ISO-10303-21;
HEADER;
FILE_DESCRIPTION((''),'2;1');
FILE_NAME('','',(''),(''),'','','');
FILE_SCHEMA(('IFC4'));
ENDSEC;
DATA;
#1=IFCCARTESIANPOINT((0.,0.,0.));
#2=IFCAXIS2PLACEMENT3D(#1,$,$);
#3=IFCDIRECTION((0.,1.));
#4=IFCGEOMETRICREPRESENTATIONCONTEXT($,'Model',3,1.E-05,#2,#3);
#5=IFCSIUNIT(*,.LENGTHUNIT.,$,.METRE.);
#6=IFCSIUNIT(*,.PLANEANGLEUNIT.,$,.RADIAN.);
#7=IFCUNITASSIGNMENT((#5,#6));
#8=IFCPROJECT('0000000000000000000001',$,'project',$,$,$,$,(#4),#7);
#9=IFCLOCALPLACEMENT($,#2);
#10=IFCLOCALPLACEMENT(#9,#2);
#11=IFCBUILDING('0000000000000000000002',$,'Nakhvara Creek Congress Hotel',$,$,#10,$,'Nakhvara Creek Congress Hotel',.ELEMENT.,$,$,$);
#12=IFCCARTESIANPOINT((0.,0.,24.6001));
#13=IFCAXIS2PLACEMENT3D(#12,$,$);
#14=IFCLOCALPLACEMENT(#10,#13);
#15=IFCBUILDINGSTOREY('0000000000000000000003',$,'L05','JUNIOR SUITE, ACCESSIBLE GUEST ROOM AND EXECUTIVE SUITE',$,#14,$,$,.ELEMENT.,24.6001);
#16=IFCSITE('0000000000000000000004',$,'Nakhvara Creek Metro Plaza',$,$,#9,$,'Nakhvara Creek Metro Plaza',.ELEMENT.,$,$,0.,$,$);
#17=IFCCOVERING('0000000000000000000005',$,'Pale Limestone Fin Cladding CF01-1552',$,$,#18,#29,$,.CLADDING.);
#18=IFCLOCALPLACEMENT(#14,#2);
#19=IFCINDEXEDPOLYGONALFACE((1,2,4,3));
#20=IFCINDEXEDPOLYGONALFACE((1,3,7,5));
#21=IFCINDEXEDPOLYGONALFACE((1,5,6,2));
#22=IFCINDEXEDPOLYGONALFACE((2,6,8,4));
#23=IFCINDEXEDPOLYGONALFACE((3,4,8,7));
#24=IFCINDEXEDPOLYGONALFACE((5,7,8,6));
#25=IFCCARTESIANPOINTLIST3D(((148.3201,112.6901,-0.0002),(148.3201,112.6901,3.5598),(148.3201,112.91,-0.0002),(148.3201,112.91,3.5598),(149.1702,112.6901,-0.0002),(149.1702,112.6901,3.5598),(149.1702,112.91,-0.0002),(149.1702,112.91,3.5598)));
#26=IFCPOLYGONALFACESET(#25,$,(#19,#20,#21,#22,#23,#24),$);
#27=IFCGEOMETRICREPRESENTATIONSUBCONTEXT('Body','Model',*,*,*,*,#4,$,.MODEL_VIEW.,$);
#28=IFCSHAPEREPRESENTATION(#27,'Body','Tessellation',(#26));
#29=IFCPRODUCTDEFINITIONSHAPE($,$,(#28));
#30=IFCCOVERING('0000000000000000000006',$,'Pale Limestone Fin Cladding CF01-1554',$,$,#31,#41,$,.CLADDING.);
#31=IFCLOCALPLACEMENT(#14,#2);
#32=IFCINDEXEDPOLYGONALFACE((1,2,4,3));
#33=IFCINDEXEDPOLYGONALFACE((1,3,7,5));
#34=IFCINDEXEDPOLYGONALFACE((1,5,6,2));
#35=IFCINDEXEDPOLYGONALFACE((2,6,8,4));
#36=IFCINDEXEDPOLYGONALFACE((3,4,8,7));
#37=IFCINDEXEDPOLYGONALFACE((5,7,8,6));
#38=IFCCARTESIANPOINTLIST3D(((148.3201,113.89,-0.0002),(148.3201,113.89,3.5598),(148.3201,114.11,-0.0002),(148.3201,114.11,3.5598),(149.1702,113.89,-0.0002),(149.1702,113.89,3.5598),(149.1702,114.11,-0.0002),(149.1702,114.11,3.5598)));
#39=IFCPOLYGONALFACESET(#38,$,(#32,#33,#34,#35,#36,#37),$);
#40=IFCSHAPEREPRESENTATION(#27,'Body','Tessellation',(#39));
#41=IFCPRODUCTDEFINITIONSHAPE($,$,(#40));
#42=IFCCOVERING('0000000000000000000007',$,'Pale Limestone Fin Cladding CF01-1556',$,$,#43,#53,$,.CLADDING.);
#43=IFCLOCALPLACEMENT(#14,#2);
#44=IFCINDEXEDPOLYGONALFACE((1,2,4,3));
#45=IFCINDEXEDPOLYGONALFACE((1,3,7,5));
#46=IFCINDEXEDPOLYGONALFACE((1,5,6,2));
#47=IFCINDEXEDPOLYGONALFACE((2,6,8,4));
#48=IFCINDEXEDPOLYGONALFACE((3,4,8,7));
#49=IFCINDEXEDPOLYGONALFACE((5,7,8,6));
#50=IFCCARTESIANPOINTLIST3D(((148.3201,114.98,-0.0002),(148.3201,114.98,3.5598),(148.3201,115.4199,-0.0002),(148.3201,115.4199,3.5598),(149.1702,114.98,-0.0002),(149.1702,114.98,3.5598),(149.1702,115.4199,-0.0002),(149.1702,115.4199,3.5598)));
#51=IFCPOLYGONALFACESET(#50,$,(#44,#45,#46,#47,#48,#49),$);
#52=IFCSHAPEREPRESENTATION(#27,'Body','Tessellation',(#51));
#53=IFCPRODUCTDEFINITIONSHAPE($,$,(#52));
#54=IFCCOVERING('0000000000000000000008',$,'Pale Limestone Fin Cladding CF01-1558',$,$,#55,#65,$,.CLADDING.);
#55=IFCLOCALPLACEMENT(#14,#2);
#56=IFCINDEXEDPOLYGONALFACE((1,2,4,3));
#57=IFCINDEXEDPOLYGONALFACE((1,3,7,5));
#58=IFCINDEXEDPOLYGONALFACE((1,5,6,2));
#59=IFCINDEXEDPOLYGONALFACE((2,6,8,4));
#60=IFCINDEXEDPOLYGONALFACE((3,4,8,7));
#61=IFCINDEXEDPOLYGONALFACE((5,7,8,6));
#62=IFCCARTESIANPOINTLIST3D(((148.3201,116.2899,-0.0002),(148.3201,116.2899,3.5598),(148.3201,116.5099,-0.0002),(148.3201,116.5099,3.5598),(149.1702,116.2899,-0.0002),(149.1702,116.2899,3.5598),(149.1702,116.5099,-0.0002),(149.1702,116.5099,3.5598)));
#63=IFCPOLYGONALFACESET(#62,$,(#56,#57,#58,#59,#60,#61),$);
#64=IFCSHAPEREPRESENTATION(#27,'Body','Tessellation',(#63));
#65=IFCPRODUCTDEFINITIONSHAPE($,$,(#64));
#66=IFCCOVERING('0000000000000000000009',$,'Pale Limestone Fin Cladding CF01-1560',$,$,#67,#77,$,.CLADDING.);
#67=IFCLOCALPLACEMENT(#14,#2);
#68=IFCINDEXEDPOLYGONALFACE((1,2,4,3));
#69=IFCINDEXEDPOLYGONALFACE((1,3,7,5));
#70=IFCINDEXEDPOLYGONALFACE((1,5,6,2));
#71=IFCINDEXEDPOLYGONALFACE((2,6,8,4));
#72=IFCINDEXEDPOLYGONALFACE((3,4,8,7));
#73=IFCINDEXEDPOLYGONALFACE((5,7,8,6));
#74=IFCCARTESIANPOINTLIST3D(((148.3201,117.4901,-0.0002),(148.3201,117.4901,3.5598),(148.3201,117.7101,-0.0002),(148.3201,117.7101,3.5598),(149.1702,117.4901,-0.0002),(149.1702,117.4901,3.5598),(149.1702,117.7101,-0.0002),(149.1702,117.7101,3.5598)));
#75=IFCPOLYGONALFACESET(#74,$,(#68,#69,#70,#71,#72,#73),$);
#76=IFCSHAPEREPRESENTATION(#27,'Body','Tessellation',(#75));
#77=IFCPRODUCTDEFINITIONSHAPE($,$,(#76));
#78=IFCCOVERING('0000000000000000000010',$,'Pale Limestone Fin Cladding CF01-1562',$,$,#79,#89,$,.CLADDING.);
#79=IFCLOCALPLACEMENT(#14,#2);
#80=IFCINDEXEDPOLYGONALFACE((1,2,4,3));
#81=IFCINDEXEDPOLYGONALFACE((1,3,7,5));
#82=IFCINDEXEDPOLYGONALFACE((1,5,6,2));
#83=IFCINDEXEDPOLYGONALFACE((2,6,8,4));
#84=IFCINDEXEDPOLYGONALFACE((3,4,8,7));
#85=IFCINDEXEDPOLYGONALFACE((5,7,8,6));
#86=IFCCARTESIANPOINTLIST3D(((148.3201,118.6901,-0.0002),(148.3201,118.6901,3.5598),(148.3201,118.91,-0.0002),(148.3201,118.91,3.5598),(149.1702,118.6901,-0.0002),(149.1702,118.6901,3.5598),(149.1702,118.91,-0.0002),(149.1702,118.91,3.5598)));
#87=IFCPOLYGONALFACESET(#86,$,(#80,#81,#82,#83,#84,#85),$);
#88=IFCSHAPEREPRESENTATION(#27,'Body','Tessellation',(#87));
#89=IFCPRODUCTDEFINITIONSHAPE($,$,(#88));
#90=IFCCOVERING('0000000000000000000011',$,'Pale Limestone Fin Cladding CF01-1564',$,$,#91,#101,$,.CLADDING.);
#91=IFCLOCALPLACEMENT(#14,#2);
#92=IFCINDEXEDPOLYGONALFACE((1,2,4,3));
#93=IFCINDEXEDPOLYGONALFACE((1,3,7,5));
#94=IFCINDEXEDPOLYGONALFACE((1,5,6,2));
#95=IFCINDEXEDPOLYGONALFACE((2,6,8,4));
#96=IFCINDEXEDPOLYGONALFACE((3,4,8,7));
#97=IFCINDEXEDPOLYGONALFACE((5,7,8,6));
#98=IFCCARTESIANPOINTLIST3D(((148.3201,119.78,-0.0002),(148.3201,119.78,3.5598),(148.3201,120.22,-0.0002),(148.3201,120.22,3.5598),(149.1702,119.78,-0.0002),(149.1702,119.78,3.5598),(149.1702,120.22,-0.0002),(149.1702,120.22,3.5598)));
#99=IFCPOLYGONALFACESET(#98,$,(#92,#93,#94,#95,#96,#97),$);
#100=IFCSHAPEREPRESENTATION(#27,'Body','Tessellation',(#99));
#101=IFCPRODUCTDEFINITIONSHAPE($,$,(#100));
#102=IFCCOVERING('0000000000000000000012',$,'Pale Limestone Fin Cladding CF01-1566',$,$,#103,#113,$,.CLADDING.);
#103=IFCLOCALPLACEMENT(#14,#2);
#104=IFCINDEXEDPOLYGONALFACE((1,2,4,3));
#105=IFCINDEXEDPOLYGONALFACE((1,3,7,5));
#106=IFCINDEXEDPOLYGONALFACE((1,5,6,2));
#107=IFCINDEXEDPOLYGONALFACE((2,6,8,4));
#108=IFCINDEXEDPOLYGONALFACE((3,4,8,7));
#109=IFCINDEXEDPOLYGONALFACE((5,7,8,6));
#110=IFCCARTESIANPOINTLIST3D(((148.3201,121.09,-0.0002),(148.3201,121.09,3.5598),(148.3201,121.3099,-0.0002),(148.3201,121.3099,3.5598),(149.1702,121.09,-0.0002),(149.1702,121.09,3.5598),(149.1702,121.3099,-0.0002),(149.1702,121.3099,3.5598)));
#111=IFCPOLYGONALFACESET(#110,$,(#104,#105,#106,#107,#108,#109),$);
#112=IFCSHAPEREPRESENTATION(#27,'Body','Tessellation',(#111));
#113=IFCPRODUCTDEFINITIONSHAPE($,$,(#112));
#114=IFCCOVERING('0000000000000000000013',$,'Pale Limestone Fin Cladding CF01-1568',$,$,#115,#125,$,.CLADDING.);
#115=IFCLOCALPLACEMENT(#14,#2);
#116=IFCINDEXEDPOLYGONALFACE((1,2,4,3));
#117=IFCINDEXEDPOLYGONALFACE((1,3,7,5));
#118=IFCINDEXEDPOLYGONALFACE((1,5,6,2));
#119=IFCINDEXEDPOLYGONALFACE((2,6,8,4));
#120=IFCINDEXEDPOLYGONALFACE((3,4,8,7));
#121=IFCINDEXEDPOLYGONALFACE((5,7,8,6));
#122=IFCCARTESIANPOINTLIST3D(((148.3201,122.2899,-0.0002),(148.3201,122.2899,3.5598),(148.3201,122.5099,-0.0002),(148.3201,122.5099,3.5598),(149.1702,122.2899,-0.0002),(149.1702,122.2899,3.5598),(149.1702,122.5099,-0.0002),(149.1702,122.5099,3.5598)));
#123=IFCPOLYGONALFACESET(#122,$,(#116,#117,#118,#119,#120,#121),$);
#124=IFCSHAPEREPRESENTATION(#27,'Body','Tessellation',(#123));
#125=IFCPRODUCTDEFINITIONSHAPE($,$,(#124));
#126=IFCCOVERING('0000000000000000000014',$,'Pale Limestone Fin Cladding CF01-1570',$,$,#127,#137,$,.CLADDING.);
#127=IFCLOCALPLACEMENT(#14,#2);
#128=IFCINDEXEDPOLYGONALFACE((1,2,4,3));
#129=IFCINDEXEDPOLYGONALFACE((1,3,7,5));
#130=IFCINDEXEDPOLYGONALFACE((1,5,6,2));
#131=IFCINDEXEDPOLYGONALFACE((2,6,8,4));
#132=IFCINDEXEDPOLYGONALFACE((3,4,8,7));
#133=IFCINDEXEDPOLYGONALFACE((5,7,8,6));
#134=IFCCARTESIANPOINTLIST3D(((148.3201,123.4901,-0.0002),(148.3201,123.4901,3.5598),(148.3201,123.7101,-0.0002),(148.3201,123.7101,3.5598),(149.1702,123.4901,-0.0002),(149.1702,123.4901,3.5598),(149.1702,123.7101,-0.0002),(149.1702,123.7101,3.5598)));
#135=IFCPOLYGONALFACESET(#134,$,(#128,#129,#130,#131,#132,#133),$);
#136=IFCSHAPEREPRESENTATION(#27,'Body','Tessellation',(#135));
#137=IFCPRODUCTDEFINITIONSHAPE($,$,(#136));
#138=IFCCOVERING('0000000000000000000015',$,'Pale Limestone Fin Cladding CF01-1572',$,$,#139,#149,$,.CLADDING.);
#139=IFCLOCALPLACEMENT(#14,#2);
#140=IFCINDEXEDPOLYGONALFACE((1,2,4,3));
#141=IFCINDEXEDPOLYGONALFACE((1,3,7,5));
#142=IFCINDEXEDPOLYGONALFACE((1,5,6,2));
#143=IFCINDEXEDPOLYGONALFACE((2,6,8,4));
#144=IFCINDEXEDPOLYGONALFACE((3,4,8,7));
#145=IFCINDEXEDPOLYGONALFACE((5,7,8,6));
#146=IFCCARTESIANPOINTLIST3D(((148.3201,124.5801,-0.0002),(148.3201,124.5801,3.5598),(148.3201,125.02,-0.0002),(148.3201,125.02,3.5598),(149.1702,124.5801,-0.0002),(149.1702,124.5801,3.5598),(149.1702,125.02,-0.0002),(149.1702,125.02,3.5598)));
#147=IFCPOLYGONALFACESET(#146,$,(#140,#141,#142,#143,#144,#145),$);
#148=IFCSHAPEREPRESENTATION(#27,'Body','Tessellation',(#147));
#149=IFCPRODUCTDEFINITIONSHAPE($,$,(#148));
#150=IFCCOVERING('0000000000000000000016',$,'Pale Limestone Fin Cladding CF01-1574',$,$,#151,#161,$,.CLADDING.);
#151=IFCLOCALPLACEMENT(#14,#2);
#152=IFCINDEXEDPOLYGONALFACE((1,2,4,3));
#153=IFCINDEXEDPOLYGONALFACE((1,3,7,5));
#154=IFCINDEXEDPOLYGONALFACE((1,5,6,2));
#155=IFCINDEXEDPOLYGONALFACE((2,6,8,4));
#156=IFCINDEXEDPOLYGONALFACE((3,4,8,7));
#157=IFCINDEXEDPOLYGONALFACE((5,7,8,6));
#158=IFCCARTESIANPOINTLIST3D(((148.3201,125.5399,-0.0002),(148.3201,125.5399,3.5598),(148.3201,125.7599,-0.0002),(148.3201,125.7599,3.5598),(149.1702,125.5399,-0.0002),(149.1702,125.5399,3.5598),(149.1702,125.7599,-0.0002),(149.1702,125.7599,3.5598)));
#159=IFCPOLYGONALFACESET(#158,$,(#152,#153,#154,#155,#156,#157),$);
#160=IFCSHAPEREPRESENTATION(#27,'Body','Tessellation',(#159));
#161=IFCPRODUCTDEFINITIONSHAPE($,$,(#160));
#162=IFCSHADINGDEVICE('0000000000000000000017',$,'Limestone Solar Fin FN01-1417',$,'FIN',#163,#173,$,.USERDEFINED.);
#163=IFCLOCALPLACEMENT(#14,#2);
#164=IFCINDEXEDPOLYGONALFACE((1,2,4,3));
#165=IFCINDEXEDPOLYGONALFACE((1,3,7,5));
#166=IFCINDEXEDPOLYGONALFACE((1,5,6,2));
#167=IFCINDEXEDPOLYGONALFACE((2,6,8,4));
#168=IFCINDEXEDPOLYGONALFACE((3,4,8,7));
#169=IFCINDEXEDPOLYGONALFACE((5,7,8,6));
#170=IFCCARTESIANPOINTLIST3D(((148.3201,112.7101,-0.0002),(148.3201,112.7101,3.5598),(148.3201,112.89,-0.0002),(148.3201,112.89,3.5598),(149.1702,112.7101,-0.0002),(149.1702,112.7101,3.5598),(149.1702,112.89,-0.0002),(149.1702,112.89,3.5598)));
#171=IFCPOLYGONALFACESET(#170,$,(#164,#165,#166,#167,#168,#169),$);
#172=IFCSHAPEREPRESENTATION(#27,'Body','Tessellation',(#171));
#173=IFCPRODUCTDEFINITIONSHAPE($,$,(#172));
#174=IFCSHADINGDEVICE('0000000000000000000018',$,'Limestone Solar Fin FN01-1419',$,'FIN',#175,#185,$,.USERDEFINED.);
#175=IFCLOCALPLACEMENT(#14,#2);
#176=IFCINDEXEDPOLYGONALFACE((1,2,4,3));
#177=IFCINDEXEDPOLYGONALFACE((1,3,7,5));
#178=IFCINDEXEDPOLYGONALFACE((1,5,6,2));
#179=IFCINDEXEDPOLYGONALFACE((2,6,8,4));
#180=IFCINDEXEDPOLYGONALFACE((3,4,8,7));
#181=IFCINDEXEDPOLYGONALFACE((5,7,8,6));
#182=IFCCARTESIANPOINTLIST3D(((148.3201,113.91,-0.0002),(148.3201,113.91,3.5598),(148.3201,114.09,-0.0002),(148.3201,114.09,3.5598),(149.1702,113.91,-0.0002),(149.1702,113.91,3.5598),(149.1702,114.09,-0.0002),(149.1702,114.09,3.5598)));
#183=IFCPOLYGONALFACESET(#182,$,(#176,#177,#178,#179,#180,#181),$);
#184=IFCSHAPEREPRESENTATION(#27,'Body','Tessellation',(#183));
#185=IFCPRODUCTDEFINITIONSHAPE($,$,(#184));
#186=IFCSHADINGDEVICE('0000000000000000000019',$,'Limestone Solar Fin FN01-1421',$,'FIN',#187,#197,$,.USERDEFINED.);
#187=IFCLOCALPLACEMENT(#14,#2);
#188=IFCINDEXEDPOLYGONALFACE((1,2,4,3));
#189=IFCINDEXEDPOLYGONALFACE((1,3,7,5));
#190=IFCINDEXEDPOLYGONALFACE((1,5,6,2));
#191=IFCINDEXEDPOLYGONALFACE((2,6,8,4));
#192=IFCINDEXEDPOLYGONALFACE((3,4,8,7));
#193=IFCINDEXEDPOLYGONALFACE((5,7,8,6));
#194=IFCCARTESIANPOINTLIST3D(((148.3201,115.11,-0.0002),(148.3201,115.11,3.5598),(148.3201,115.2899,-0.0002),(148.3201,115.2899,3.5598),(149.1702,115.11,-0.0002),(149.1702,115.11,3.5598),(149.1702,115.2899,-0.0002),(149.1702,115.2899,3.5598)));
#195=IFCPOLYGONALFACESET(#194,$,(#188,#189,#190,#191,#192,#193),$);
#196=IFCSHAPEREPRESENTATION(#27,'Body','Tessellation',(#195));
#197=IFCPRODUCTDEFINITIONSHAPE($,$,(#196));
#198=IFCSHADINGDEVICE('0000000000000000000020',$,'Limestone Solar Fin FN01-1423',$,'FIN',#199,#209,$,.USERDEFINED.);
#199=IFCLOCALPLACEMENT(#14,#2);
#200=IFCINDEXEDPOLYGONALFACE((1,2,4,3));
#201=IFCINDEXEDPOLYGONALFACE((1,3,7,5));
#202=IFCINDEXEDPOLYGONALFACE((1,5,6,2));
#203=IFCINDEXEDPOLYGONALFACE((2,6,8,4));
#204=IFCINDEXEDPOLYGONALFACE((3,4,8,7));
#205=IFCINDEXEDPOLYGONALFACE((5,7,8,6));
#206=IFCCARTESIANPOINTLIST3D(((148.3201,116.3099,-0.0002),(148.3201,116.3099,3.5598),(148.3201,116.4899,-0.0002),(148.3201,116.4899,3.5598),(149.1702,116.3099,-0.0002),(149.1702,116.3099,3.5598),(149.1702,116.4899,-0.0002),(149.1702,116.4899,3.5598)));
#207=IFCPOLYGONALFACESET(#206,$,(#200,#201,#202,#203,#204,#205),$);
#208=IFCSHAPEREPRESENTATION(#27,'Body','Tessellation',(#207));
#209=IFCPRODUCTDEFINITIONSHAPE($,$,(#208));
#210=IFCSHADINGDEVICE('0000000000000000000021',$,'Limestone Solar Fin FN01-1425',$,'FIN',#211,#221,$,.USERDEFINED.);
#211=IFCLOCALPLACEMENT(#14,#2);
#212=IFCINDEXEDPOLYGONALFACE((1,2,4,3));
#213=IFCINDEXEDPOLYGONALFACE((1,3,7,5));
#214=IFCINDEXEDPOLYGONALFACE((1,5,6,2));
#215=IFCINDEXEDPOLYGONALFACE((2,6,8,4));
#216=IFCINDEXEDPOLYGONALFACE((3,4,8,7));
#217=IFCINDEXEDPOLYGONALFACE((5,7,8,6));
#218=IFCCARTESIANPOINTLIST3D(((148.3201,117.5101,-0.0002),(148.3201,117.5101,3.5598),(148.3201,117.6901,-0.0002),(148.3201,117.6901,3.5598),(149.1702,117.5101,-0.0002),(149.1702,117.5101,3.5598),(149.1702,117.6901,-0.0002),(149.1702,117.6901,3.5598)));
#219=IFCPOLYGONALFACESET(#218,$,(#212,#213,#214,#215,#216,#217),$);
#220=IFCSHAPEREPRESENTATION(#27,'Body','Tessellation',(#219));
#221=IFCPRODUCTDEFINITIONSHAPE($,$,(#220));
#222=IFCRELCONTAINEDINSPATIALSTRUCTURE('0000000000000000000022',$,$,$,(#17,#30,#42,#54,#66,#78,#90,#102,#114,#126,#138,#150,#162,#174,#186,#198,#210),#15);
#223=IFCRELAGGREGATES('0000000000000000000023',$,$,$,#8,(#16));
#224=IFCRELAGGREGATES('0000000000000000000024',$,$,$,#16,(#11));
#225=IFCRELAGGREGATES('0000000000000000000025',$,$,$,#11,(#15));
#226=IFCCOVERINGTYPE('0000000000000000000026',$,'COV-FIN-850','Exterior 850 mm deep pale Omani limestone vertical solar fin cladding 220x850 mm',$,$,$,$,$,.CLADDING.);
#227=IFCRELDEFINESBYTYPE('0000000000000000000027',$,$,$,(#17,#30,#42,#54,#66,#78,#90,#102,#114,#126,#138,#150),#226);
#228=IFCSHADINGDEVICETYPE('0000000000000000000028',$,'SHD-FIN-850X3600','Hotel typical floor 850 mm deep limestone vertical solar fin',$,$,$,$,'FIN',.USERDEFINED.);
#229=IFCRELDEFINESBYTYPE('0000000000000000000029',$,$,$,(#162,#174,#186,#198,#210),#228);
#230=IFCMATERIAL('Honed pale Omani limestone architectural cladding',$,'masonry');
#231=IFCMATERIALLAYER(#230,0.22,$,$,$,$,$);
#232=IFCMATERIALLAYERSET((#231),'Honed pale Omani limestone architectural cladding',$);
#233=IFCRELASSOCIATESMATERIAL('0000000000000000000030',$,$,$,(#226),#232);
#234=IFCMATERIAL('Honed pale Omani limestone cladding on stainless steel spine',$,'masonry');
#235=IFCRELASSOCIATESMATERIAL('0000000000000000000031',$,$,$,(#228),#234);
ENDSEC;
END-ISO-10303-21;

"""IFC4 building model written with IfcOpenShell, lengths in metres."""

from ifc_helpers import new_model, si_unit, direction, frame, origin, origin_2d, place, context, subcontext, project, spatial, rectangle, extrude, material, layer, layer_set, type_object, element, save


model = new_model("IFC4")

# Units and contexts
model_context = context("Model", 3, precision=1e-05, world=origin(), true_north=direction((0.0, 1.0)))
body_context = subcontext(model_context, "Body", "Model", "MODEL_VIEW")
ifc_project = project(units=[si_unit("LENGTHUNIT", "METRE"), si_unit("PLANEANGLEUNIT", "RADIAN")], contexts=[model_context])

# Site, building, storey
site_placement = place(None, origin())
site = spatial("IfcSite", under=ifc_project, at=site_placement, Name="Nakhvara Creek Metro Plaza", LongName="Nakhvara Creek Metro Plaza", CompositionType="ELEMENT", RefElevation=0.0)
building_placement = place(site_placement, origin())
building = spatial("IfcBuilding", under=site, at=building_placement, Name="Nakhvara Creek Congress Hotel", LongName="Nakhvara Creek Congress Hotel", CompositionType="ELEMENT")
storey_placement = place(building_placement, frame((0.0, 0.0, 24.6001)))
storey = spatial("IfcBuildingStorey", under=building, at=storey_placement, Name="L05", Description="JUNIOR SUITE, ACCESSIBLE GUEST ROOM AND EXECUTIVE SUITE", CompositionType="ELEMENT", Elevation=24.6001)

# Coverings
ifc_material_1 = material(Name="Honed pale Omani limestone architectural cladding", Category="masonry")
ifc_layer = layer(ifc_material_1, 0.22)
ifc_layer_set = layer_set([ifc_layer], Name="Honed pale Omani limestone architectural cladding")
covering_type = type_object("IfcCoveringType", Name="COV-FIN-850", Description="Exterior 850 mm deep pale Omani limestone vertical solar fin cladding 220x850 mm", PredefinedType="CLADDING", material=ifc_layer_set)
for number, where, z_axis, x_axis, name in (
    (1, (148.7451, 112.8, -0.0002), (0.0, 0.0, 1.0), (0.0, 1.0, 0.0), "Pale Limestone Fin Cladding CF01-1552"),
    (2, (148.7451, 114.0, -0.0002), (0.0, 0.0, 1.0), (0.0, 1.0, 0.0), "Pale Limestone Fin Cladding CF01-1554"),
):
    element("IfcCovering", number, at=place(storey_placement, frame(where, z_axis=z_axis, x_axis=x_axis)), inside=storey, type_object=covering_type, Name=name, PredefinedType="CLADDING", context=body_context, shape_type="SweptSolid", body=[
        extrude(rectangle(XDim=0.22, YDim=0.8501, at=origin_2d()), origin(), (0.0, 0.0, 1.0), 3.5601),
    ])
covering_1_placement = place(storey_placement, frame((148.7451, 115.2, -0.0002), z_axis=(0.0, 0.0, 1.0), x_axis=(0.0, 1.0, 0.0)))
element("IfcCovering", 3, at=covering_1_placement, inside=storey, type_object=covering_type, Name="Pale Limestone Fin Cladding CF01-1556", PredefinedType="CLADDING", context=body_context, shape_type="SweptSolid", body=[
    extrude(rectangle(XDim=0.4399, YDim=0.8501, at=origin_2d()), origin(), (0.0, 0.0, 1.0), 3.5601),
])
for number, where, z_axis, x_axis, name in (
    (4, (148.7451, 116.3999, -0.0002), (0.0, 0.0, 1.0), (0.0, 1.0, 0.0), "Pale Limestone Fin Cladding CF01-1558"),
    (5, (148.7451, 117.6001, -0.0002), (0.0, 0.0, 1.0), (0.0, 1.0, 0.0), "Pale Limestone Fin Cladding CF01-1560"),
    (6, (148.7451, 118.8, -0.0002), (0.0, 0.0, 1.0), (0.0, 1.0, 0.0), "Pale Limestone Fin Cladding CF01-1562"),
):
    element("IfcCovering", number, at=place(storey_placement, frame(where, z_axis=z_axis, x_axis=x_axis)), inside=storey, type_object=covering_type, Name=name, PredefinedType="CLADDING", context=body_context, shape_type="SweptSolid", body=[
        extrude(rectangle(XDim=0.22, YDim=0.8501, at=origin_2d()), origin(), (0.0, 0.0, 1.0), 3.5601),
    ])
covering_2_placement = place(storey_placement, frame((148.7451, 120.0, -0.0002), z_axis=(0.0, 0.0, 1.0), x_axis=(0.0, 1.0, 0.0)))
element("IfcCovering", 7, at=covering_2_placement, inside=storey, type_object=covering_type, Name="Pale Limestone Fin Cladding CF01-1564", PredefinedType="CLADDING", context=body_context, shape_type="SweptSolid", body=[
    extrude(rectangle(XDim=0.4399, YDim=0.8501, at=origin_2d()), origin(), (0.0, 0.0, 1.0), 3.5601),
])
for number, where, z_axis, x_axis, name in (
    (8, (148.7451, 121.2, -0.0002), (0.0, 0.0, 1.0), (0.0, 1.0, 0.0), "Pale Limestone Fin Cladding CF01-1566"),
    (9, (148.7451, 122.3999, -0.0002), (0.0, 0.0, 1.0), (0.0, 1.0, 0.0), "Pale Limestone Fin Cladding CF01-1568"),
    (10, (148.7451, 123.6001, -0.0002), (0.0, 0.0, 1.0), (0.0, 1.0, 0.0), "Pale Limestone Fin Cladding CF01-1570"),
):
    element("IfcCovering", number, at=place(storey_placement, frame(where, z_axis=z_axis, x_axis=x_axis)), inside=storey, type_object=covering_type, Name=name, PredefinedType="CLADDING", context=body_context, shape_type="SweptSolid", body=[
        extrude(rectangle(XDim=0.22, YDim=0.8501, at=origin_2d()), origin(), (0.0, 0.0, 1.0), 3.5601),
    ])
covering_3_placement = place(storey_placement, frame((148.7451, 124.8, -0.0002), z_axis=(0.0, 0.0, 1.0), x_axis=(0.0, 1.0, 0.0)))
element("IfcCovering", 11, at=covering_3_placement, inside=storey, type_object=covering_type, Name="Pale Limestone Fin Cladding CF01-1572", PredefinedType="CLADDING", context=body_context, shape_type="SweptSolid", body=[
    extrude(rectangle(XDim=0.4399, YDim=0.8501, at=origin_2d()), origin(), (0.0, 0.0, 1.0), 3.5601),
])
covering_4_placement = place(storey_placement, frame((148.7451, 125.6499, -0.0002), z_axis=(0.0, 0.0, 1.0), x_axis=(0.0, 1.0, 0.0)))
element("IfcCovering", 12, at=covering_4_placement, inside=storey, type_object=covering_type, Name="Pale Limestone Fin Cladding CF01-1574", PredefinedType="CLADDING", context=body_context, shape_type="SweptSolid", body=[
    extrude(rectangle(XDim=0.22, YDim=0.8501, at=origin_2d()), origin(), (0.0, 0.0, 1.0), 3.5601),
])

# Shading devices
ifc_material_2 = material(Name="Honed pale Omani limestone cladding on stainless steel spine", Category="masonry")
shading_device_type = type_object("IfcShadingDeviceType", Name="SHD-FIN-850X3600", Description="Hotel typical floor 850 mm deep limestone vertical solar fin", ElementType="FIN", PredefinedType="USERDEFINED", material=ifc_material_2)
for number, where, z_axis, x_axis, name in (
    (13, (148.7451, 112.8, -0.0002), (0.0, 0.0, 1.0), (0.0, 1.0, 0.0), "Limestone Solar Fin FN01-1417"),
    (14, (148.7451, 114.0, -0.0002), (0.0, 0.0, 1.0), (0.0, 1.0, 0.0), "Limestone Solar Fin FN01-1419"),
    (15, (148.7451, 115.2, -0.0002), (0.0, 0.0, 1.0), (0.0, 1.0, 0.0), "Limestone Solar Fin FN01-1421"),
    (16, (148.7451, 116.3999, -0.0002), (0.0, 0.0, 1.0), (0.0, 1.0, 0.0), "Limestone Solar Fin FN01-1423"),
    (17, (148.7451, 117.6001, -0.0002), (0.0, 0.0, 1.0), (0.0, 1.0, 0.0), "Limestone Solar Fin FN01-1425"),
):
    element("IfcShadingDevice", number, at=place(storey_placement, frame(where, z_axis=z_axis, x_axis=x_axis)), inside=storey, type_object=shading_device_type, Name=name, ObjectType="FIN", PredefinedType="USERDEFINED", context=body_context, shape_type="SweptSolid", body=[
        extrude(rectangle(XDim=0.1799, YDim=0.8501, at=origin_2d()), origin(), (0.0, 0.0, 1.0), 3.5601),
    ])

save(model, "model.ifc")
